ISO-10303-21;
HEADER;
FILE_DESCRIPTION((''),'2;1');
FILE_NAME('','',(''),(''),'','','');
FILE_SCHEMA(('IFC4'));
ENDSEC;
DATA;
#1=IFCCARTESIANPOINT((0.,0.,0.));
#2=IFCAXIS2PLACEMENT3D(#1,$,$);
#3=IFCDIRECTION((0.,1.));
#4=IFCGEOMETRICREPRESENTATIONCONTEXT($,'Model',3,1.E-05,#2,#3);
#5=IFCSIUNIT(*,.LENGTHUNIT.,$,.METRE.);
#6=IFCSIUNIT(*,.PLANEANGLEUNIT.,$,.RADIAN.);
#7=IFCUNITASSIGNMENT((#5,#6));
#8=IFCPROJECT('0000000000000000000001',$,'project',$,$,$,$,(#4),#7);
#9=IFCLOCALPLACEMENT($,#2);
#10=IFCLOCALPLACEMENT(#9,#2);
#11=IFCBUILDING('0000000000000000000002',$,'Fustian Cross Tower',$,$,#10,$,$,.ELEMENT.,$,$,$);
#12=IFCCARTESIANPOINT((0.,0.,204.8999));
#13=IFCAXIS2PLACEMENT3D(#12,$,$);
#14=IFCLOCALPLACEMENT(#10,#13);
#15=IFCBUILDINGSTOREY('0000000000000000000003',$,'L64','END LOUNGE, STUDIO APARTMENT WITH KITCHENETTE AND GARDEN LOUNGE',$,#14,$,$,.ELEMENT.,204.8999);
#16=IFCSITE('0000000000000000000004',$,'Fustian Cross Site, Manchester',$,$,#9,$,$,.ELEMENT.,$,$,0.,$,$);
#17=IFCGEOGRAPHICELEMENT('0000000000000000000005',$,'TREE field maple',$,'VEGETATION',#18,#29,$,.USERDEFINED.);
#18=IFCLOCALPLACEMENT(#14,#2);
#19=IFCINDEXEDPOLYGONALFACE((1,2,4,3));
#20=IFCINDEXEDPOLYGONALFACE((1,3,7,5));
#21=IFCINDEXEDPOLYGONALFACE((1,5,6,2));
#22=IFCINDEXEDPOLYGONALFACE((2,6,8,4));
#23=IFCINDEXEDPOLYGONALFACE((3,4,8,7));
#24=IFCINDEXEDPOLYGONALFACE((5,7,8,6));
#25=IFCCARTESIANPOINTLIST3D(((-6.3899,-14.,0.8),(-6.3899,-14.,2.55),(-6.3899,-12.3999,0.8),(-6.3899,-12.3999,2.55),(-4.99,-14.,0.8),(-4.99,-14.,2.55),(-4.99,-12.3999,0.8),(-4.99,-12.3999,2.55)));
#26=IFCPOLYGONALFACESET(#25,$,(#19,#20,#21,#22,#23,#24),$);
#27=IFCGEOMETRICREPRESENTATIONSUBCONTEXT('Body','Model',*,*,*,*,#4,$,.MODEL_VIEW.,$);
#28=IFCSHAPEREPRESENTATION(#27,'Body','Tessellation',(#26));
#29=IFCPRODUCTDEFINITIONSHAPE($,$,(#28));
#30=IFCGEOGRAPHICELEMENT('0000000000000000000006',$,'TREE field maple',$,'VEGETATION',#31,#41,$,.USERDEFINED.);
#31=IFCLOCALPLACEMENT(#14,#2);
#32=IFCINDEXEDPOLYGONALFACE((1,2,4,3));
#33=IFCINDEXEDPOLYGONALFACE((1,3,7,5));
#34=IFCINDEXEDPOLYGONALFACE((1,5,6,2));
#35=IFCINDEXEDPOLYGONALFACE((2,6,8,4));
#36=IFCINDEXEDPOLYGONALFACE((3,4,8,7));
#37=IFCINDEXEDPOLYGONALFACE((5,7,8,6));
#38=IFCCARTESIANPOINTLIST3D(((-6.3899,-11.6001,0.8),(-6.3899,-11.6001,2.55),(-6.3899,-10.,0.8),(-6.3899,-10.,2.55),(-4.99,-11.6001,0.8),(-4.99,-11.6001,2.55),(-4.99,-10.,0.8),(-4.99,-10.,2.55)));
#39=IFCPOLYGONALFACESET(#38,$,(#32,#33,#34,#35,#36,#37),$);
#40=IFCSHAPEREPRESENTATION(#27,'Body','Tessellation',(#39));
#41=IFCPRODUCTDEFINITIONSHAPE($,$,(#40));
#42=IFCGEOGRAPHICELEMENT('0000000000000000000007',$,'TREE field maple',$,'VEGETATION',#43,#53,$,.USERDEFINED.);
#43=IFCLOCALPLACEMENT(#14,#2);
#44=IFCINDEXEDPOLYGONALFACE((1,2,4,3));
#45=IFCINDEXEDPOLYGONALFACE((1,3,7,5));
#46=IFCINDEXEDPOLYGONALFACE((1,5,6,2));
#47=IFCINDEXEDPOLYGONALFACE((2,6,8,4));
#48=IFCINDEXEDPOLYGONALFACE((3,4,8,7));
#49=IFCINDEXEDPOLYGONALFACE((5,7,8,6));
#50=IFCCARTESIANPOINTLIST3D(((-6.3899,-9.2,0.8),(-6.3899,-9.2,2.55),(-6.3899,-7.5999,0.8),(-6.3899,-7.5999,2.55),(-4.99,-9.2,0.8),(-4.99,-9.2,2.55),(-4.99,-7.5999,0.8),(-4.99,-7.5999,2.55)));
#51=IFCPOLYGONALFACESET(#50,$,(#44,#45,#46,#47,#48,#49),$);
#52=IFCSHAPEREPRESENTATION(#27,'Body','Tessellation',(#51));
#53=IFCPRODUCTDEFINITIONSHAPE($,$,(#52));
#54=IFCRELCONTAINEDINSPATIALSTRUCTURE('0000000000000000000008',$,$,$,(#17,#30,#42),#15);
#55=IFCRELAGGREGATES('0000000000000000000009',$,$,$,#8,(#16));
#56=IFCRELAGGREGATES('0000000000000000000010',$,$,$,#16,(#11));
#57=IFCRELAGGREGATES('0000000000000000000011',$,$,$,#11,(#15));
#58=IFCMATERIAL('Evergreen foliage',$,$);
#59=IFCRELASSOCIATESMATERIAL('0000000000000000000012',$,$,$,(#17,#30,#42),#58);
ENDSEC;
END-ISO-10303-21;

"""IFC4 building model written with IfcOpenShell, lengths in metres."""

from ifc_helpers import new_model, si_unit, direction, frame, origin, origin_2d, place, context, subcontext, project, spatial, rectangle, extrude, material, element, save


model = new_model("IFC4")

# Units and contexts
model_context = context("Model", 3, precision=1e-05, world=origin(), true_north=direction((0.0, 1.0)))
body_context = subcontext(model_context, "Body", "Model", "MODEL_VIEW")
ifc_project = project(units=[si_unit("LENGTHUNIT", "METRE"), si_unit("PLANEANGLEUNIT", "RADIAN")], contexts=[model_context])

# Site, building, storey
site_placement = place(None, origin())
site = spatial("IfcSite", under=ifc_project, at=site_placement, Name="Fustian Cross Site, Manchester", CompositionType="ELEMENT", RefElevation=0.0)
building_placement = place(site_placement, origin())
building = spatial("IfcBuilding", under=site, at=building_placement, Name="Fustian Cross Tower", CompositionType="ELEMENT")
storey_placement = place(building_placement, frame((0.0, 0.0, 204.8999)))
storey = spatial("IfcBuildingStorey", under=building, at=storey_placement, Name="L64", Description="END LOUNGE, STUDIO APARTMENT WITH KITCHENETTE AND GARDEN LOUNGE", CompositionType="ELEMENT", Elevation=204.8999)

# Geographic elements
ifc_material_1 = material(Name="Evergreen foliage")
for number, where, z_axis, x_axis, name in (
    (1, (-5.6899, -13.2, 0.8), (0.0, 0.0, 1.0), (1.0, 0.0, 0.0), "TREE field maple"),
    (2, (-5.6899, -10.8, 0.8), (0.0, 0.0, 1.0), (1.0, 0.0, 0.0), "TREE field maple"),
    (3, (-5.6899, -8.3999, 0.8), (0.0, 0.0, 1.0), (1.0, 0.0, 0.0), "TREE field maple"),
):
    element("IfcGeographicElement", number, at=place(storey_placement, frame(where, z_axis=z_axis, x_axis=x_axis)), inside=storey, material=ifc_material_1, Name=name, ObjectType="VEGETATION", PredefinedType="USERDEFINED", context=body_context, shape_type="SweptSolid", body=[
        extrude(rectangle(XDim=1.3999, YDim=1.6001, at=origin_2d()), origin(), (0.0, 0.0, 1.0), 1.75),
    ])

save(model, "model.ifc")
